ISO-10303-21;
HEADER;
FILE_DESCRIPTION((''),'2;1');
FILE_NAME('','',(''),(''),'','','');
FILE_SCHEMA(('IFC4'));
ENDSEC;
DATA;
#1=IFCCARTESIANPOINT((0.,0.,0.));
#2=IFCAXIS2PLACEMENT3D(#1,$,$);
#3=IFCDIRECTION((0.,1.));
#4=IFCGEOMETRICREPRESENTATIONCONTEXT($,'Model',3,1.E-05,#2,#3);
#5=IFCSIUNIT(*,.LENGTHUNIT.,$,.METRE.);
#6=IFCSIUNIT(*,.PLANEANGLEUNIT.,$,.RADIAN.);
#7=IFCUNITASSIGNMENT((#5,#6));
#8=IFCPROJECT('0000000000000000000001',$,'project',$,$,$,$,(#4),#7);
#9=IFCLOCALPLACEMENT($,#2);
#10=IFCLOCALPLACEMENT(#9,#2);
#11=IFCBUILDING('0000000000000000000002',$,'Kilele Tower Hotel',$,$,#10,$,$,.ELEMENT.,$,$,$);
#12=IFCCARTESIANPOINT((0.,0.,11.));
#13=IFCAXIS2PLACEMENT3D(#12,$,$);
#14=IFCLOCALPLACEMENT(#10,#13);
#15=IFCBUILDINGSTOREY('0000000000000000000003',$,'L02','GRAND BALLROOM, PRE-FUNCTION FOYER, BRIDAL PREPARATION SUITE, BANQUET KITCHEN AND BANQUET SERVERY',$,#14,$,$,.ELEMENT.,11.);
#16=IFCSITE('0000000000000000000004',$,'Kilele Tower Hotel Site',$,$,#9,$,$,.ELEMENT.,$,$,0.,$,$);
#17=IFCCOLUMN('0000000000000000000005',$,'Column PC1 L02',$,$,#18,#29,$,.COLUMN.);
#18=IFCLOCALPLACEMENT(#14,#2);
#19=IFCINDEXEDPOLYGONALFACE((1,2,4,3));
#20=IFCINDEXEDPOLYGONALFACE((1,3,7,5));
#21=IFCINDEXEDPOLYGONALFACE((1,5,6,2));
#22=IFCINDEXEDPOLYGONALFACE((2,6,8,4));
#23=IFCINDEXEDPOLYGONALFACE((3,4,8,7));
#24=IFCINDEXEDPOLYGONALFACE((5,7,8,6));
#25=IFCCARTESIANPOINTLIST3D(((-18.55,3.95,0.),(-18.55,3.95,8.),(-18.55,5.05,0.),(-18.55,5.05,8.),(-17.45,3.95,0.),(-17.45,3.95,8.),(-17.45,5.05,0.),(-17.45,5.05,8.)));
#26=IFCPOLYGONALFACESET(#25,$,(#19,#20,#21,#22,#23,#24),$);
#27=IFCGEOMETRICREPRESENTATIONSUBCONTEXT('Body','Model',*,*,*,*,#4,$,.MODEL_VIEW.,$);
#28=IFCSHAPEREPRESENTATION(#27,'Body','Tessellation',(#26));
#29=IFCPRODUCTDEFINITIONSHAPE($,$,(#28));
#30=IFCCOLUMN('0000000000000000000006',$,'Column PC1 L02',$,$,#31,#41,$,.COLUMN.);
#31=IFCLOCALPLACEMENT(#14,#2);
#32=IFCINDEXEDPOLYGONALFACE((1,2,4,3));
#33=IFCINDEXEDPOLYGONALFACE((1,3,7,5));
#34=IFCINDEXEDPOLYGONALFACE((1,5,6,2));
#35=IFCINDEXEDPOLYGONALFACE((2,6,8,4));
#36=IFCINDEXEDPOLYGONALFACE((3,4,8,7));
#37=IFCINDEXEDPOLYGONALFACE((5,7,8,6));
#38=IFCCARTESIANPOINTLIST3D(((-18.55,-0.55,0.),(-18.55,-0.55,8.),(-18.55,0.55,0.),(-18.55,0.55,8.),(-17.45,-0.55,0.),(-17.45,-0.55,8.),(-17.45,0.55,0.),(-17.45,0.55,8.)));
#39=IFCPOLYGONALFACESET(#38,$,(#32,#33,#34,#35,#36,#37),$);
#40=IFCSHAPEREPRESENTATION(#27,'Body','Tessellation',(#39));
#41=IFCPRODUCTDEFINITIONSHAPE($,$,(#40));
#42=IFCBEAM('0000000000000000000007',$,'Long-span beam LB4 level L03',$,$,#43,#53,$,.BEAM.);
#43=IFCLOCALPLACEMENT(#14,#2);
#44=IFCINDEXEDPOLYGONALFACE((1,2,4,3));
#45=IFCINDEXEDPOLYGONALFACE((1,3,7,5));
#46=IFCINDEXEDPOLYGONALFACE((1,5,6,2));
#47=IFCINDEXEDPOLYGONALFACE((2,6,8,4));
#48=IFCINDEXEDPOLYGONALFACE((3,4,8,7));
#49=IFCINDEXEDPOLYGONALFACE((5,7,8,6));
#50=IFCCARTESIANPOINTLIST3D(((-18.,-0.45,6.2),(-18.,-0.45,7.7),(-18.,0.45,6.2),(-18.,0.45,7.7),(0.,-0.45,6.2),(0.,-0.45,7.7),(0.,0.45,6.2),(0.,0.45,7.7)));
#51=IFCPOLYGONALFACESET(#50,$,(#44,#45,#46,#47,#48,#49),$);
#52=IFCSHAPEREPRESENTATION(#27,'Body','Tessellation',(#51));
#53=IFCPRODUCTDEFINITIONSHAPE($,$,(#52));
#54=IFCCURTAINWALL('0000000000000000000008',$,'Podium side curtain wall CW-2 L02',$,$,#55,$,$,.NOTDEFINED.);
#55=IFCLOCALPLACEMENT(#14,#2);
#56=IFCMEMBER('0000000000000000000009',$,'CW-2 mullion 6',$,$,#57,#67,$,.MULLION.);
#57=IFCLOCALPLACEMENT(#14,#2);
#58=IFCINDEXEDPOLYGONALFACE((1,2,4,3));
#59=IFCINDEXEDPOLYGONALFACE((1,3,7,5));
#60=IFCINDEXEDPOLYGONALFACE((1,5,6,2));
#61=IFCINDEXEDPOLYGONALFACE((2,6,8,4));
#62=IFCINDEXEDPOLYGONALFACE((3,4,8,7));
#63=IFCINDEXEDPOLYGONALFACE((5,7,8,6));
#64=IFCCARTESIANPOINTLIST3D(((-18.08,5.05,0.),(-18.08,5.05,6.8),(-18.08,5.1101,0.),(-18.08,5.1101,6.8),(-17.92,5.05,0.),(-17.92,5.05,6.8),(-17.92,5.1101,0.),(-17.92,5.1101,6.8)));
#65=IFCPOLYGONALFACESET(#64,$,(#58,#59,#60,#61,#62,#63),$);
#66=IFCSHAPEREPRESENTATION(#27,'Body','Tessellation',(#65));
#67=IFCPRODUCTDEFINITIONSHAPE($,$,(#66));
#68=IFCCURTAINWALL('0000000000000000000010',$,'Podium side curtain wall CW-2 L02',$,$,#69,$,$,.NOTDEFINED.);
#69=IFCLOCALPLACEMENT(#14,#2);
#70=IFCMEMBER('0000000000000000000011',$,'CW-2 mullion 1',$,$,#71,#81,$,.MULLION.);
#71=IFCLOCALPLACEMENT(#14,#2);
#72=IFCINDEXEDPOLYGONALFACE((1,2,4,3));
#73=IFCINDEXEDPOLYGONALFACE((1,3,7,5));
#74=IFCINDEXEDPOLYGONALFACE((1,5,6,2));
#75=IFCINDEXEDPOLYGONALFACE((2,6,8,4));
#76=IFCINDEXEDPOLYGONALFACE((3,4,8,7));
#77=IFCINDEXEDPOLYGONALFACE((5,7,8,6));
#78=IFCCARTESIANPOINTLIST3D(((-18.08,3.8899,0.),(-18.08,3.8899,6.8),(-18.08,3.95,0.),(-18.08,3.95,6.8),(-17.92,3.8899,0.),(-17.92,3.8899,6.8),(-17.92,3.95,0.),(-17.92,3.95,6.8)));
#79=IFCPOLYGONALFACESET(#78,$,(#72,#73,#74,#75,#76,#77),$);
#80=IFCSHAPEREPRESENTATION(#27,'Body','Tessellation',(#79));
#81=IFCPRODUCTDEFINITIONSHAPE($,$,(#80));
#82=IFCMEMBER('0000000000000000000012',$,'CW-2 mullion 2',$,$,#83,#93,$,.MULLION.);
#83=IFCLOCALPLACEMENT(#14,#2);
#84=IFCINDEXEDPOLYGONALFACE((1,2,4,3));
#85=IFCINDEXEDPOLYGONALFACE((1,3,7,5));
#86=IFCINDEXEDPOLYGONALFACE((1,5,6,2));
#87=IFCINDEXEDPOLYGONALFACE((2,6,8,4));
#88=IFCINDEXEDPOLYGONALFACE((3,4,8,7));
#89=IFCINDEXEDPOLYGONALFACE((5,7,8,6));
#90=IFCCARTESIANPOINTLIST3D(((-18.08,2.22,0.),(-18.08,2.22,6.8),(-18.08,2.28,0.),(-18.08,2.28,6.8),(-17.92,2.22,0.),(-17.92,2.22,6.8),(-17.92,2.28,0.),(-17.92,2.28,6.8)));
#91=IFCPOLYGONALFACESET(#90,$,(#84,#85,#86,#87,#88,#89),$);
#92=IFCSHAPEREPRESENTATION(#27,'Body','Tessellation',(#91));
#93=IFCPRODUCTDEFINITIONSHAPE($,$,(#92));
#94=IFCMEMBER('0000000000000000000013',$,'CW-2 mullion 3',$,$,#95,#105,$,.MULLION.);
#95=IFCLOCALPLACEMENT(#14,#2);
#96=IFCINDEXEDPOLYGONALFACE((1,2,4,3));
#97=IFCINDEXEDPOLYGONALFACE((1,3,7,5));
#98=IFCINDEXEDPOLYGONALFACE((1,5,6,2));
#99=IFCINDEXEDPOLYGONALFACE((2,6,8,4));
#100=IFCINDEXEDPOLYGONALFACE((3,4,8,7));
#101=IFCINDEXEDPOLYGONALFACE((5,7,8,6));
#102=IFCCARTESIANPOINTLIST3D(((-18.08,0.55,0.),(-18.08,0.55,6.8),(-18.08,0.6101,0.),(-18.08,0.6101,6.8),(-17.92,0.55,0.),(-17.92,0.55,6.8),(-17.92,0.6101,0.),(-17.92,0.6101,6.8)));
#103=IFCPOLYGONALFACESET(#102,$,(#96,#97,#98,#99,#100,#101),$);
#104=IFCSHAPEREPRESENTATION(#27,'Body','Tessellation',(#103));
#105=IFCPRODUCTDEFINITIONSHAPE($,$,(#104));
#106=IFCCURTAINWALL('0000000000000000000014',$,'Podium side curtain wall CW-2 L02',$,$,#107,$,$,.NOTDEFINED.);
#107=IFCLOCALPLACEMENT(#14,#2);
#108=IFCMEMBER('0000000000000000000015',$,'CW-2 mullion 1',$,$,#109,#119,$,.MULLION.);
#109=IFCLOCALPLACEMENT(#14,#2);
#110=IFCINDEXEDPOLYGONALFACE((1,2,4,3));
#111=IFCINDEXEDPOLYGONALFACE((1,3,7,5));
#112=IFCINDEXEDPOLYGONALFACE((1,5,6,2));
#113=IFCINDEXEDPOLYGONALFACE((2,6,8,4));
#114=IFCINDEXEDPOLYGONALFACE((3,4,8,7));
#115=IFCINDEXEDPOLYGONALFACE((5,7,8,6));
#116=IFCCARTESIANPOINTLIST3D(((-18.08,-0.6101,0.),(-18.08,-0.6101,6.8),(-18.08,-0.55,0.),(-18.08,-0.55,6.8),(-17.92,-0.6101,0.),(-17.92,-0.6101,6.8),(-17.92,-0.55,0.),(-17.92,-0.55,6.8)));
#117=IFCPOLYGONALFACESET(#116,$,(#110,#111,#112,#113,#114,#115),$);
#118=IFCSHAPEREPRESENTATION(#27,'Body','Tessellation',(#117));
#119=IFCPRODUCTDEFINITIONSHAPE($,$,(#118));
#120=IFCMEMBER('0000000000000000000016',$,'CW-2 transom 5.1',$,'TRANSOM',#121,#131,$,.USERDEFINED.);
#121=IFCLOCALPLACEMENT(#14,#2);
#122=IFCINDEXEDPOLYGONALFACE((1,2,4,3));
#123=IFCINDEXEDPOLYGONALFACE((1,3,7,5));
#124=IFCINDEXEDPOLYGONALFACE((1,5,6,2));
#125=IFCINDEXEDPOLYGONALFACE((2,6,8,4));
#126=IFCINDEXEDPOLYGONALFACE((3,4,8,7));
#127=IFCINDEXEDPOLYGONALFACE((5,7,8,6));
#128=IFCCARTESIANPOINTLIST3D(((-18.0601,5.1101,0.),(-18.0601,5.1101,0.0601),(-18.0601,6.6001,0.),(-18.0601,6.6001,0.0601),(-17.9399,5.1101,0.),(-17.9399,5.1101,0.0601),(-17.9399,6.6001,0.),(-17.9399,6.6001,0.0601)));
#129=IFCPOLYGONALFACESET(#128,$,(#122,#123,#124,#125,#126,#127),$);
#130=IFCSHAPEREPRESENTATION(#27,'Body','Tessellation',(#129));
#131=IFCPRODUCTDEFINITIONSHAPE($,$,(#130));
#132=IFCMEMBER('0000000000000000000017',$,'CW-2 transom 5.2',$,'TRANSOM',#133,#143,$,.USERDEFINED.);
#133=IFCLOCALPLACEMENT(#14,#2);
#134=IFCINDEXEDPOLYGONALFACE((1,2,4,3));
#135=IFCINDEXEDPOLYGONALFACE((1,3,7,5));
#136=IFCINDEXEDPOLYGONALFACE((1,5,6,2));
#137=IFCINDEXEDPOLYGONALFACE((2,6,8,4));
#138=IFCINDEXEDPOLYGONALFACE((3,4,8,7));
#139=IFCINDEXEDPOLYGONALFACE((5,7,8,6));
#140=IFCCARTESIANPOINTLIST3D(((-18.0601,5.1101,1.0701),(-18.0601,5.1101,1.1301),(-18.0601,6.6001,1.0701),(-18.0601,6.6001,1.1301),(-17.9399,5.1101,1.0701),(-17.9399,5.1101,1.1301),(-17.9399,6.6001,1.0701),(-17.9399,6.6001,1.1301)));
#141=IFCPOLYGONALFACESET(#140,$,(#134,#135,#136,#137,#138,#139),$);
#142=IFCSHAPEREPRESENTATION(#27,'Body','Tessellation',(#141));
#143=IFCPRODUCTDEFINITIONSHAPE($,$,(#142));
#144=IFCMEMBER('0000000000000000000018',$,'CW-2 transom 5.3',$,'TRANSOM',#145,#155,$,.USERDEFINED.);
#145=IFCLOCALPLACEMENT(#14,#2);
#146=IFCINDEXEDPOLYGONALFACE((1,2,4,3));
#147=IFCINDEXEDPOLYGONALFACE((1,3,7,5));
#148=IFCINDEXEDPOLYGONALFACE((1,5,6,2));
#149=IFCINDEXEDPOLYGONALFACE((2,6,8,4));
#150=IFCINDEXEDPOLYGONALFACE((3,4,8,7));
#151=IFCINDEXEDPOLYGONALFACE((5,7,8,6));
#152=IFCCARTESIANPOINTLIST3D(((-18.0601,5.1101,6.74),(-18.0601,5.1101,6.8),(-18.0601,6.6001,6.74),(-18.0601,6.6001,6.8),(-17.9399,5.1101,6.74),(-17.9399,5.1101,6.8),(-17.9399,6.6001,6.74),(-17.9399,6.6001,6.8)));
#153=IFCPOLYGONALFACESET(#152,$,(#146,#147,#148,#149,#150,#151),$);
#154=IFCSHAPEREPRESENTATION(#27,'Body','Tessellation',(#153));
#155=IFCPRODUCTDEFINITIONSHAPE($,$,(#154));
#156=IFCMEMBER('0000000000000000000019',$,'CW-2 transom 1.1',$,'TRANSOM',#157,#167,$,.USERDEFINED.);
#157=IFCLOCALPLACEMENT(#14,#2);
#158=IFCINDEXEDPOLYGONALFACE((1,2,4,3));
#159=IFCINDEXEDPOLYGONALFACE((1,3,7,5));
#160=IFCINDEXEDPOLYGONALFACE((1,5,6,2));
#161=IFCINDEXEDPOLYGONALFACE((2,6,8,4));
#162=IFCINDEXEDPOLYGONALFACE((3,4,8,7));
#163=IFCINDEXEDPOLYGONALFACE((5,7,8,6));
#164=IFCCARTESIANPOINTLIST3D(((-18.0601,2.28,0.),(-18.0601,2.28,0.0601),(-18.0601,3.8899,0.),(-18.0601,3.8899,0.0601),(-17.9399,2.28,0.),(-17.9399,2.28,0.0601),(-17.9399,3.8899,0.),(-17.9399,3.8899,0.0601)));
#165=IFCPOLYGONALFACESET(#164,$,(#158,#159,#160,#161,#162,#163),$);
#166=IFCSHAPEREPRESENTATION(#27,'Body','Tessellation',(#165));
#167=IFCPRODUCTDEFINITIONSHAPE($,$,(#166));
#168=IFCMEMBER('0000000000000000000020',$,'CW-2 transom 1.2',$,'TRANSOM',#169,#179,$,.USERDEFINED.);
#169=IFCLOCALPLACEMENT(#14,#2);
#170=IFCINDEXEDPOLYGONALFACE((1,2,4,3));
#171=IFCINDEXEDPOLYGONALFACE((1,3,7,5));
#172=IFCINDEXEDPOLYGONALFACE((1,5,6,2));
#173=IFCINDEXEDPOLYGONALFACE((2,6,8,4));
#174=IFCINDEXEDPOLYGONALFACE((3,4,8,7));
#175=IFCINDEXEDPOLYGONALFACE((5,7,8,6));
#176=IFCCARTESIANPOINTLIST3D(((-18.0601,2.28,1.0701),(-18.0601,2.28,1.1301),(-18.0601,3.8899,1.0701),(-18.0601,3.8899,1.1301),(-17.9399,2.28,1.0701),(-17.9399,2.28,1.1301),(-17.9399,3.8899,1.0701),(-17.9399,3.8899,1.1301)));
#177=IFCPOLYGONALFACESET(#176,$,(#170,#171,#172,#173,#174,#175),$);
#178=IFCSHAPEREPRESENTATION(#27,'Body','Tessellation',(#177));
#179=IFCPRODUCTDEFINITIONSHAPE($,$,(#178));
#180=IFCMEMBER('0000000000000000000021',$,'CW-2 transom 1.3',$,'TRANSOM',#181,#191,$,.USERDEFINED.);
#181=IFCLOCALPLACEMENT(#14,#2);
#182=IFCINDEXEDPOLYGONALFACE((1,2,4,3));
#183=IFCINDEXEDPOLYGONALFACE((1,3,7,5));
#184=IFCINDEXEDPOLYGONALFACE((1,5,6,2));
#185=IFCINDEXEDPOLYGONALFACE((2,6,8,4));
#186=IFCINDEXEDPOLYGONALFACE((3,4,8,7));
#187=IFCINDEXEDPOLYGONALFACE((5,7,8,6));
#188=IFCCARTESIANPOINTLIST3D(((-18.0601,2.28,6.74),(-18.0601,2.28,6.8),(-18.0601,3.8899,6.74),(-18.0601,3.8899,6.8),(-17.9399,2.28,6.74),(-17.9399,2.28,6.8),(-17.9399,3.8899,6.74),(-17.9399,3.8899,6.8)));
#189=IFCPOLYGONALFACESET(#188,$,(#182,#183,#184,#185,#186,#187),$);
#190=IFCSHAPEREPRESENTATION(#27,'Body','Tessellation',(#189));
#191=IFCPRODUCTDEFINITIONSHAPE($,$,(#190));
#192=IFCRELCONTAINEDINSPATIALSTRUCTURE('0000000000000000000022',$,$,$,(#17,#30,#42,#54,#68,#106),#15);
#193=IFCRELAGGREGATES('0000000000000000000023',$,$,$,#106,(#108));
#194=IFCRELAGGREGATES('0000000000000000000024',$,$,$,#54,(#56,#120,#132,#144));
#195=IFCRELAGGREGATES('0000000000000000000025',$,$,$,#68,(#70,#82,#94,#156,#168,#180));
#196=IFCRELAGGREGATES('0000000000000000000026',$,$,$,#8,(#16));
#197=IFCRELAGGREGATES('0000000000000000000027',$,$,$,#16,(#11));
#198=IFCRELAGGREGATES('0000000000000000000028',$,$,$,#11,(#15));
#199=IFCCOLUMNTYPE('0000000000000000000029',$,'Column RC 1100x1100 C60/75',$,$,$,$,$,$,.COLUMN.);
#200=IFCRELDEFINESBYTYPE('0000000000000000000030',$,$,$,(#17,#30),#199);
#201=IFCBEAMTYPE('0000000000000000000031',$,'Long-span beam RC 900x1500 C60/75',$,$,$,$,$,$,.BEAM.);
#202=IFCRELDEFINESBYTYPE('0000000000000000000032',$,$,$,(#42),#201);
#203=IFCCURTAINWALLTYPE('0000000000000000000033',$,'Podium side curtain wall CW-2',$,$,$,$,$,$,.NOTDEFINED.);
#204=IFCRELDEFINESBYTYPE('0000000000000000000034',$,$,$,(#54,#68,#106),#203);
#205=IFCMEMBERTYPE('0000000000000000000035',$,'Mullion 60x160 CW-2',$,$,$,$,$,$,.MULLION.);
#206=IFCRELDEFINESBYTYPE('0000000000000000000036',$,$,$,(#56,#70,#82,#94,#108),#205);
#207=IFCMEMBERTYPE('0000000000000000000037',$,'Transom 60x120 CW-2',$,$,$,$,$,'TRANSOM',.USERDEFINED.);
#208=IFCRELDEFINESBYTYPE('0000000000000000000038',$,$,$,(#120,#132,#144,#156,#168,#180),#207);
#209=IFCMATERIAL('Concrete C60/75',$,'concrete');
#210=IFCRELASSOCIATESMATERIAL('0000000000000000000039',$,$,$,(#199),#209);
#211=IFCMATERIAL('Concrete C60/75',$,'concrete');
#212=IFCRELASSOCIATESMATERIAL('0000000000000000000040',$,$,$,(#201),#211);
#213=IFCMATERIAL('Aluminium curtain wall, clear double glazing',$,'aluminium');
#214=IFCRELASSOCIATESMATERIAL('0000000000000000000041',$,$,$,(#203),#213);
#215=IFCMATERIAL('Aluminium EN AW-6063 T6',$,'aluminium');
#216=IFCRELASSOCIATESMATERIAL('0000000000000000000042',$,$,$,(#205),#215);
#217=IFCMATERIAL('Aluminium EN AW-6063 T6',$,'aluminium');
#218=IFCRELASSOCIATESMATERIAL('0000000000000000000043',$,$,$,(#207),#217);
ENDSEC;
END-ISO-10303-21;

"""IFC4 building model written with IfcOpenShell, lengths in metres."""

from ifc_helpers import new_model, si_unit, direction, frame, origin, origin_2d, place, context, subcontext, project, spatial, rectangle, extrude, material, material_profile, profile_set, type_object, element, aggregate, save


model = new_model("IFC4")

# Units and contexts
model_context = context("Model", 3, precision=1e-05, world=origin(), true_north=direction((0.0, 1.0)))
body_context = subcontext(model_context, "Body", "Model", "MODEL_VIEW")
ifc_project = project(units=[si_unit("LENGTHUNIT", "METRE"), si_unit("PLANEANGLEUNIT", "RADIAN")], contexts=[model_context])

# Site, building, storey
site_placement = place(None, origin())
site = spatial("IfcSite", under=ifc_project, at=site_placement, Name="Kilele Tower Hotel Site", CompositionType="ELEMENT", RefElevation=0.0)
building_placement = place(site_placement, origin())
building = spatial("IfcBuilding", under=site, at=building_placement, Name="Kilele Tower Hotel", CompositionType="ELEMENT")
storey_placement = place(building_placement, frame((0.0, 0.0, 11.0)))
storey = spatial("IfcBuildingStorey", under=building, at=storey_placement, Name="L02", Description="GRAND BALLROOM, PRE-FUNCTION FOYER, BRIDAL PREPARATION SUITE, BANQUET KITCHEN AND BANQUET SERVERY", CompositionType="ELEMENT", Elevation=11.0)

# Columns
ifc_material_1 = material(Name="Concrete C60/75", Category="concrete")
ifc_material_profile_1 = material_profile(ifc_material_1, rectangle(XDim=1.1001, YDim=1.1001, at=origin_2d()))
ifc_profile_set_1 = profile_set([ifc_material_profile_1], Name="Concrete C60/75")
column_type = type_object("IfcColumnType", Name="Column RC 1100x1100 C60/75", PredefinedType="COLUMN", material=ifc_profile_set_1)
for number, where, z_axis, x_axis, name in (
    (1, (-18.0, 4.5, 0.0), (0.0, 0.0, 1.0), (1.0, 0.0, 0.0), "Column PC1 L02"),
    (2, (-18.0, 0.0, 0.0), (0.0, 0.0, 1.0), (1.0, 0.0, 0.0), "Column PC1 L02"),
):
    element("IfcColumn", number, at=place(storey_placement, frame(where, z_axis=z_axis, x_axis=x_axis)), inside=storey, type_object=column_type, Name=name, PredefinedType="COLUMN", context=body_context, shape_type="SweptSolid", body=[
        extrude(rectangle(XDim=1.1001, YDim=1.1001, at=origin_2d()), origin(), (0.0, 0.0, 1.0), 8.0),
    ])

# Beam
ifc_material_2 = material(Name="Concrete C60/75", Category="concrete")
ifc_material_profile_2 = material_profile(ifc_material_2, rectangle(XDim=0.8999, YDim=1.5, at=origin_2d()))
ifc_profile_set_2 = profile_set([ifc_material_profile_2], Name="Concrete C60/75")
beam_type = type_object("IfcBeamType", Name="Long-span beam RC 900x1500 C60/75", PredefinedType="BEAM", material=ifc_profile_set_2)
beam_placement = place(storey_placement, frame((-18.0, 0.0, 6.95), z_axis=(1.0, 0.0, 0.0), x_axis=(0.0, 1.0, 0.0)))
element("IfcBeam", 3, at=beam_placement, inside=storey, type_object=beam_type, Name="Long-span beam LB4 level L03", PredefinedType="BEAM", context=body_context, shape_type="SweptSolid", body=[
    extrude(rectangle(XDim=0.8999, YDim=1.5, at=origin_2d()), origin(), (0.0, 0.0, 1.0), 18.0),
])

# Curtain wall, member
ifc_material_3 = material(Name="Aluminium curtain wall, clear double glazing", Category="aluminium")
curtain_wall_type = type_object("IfcCurtainWallType", Name="Podium side curtain wall CW-2", PredefinedType="NOTDEFINED", material=ifc_material_3)
curtain_wall_1_placement = place(storey_placement, origin())
curtain_wall_1 = element("IfcCurtainWall", 4, at=curtain_wall_1_placement, inside=storey, type_object=curtain_wall_type, Name="Podium side curtain wall CW-2 L02", PredefinedType="NOTDEFINED")
ifc_material_4 = material(Name="Aluminium EN AW-6063 T6", Category="aluminium")
ifc_material_profile_3 = material_profile(ifc_material_4, rectangle(XDim=0.1599, YDim=0.0601, at=origin_2d()))
ifc_profile_set_3 = profile_set([ifc_material_profile_3], Name="Aluminium EN AW-6063 T6")
member_type_1 = type_object("IfcMemberType", Name="Mullion 60x160 CW-2", PredefinedType="MULLION", material=ifc_profile_set_3)
member_1_placement = place(storey_placement, frame((-18.0, 5.0801, 0.0), z_axis=(0.0, 0.0, 1.0), x_axis=(1.0, 0.0, 0.0)))
member_1 = element("IfcMember", 5, at=member_1_placement, type_object=member_type_1, Name="CW-2 mullion 6", PredefinedType="MULLION", context=body_context, shape_type="SweptSolid", body=[
    extrude(rectangle(XDim=0.1599, YDim=0.0601, at=origin_2d()), origin(), (0.0, 0.0, 1.0), 6.8),
])

# Curtain wall, members
curtain_wall_2_placement = place(storey_placement, origin())
curtain_wall_2 = element("IfcCurtainWall", 6, at=curtain_wall_2_placement, inside=storey, type_object=curtain_wall_type, Name="Podium side curtain wall CW-2 L02", PredefinedType="NOTDEFINED")
member_2_placement = place(storey_placement, frame((-18.0, 3.9199, 0.0), z_axis=(0.0, 0.0, 1.0), x_axis=(1.0, 0.0, 0.0)))
member_2 = element("IfcMember", 7, at=member_2_placement, type_object=member_type_1, Name="CW-2 mullion 1", PredefinedType="MULLION", context=body_context, shape_type="SweptSolid", body=[
    extrude(rectangle(XDim=0.1599, YDim=0.0601, at=origin_2d()), origin(), (0.0, 0.0, 1.0), 6.8),
])
member_3_placement = place(storey_placement, frame((-18.0, 2.25, 0.0), z_axis=(0.0, 0.0, 1.0), x_axis=(1.0, 0.0, 0.0)))
member_3 = element("IfcMember", 8, at=member_3_placement, type_object=member_type_1, Name="CW-2 mullion 2", PredefinedType="MULLION", context=body_context, shape_type="SweptSolid", body=[
    extrude(rectangle(XDim=0.1599, YDim=0.0601, at=origin_2d()), origin(), (0.0, 0.0, 1.0), 6.8),
])
member_4_placement = place(storey_placement, frame((-18.0, 0.5801, 0.0), z_axis=(0.0, 0.0, 1.0), x_axis=(1.0, 0.0, 0.0)))
member_4 = element("IfcMember", 9, at=member_4_placement, type_object=member_type_1, Name="CW-2 mullion 3", PredefinedType="MULLION", context=body_context, shape_type="SweptSolid", body=[
    extrude(rectangle(XDim=0.1599, YDim=0.0601, at=origin_2d()), origin(), (0.0, 0.0, 1.0), 6.8),
])

# Curtain wall, member
curtain_wall_3_placement = place(storey_placement, origin())
curtain_wall_3 = element("IfcCurtainWall", 10, at=curtain_wall_3_placement, inside=storey, type_object=curtain_wall_type, Name="Podium side curtain wall CW-2 L02", PredefinedType="NOTDEFINED")
member_5_placement = place(storey_placement, frame((-18.0, -0.5801, 0.0), z_axis=(0.0, 0.0, 1.0), x_axis=(1.0, 0.0, 0.0)))
member_5 = element("IfcMember", 11, at=member_5_placement, type_object=member_type_1, Name="CW-2 mullion 1", PredefinedType="MULLION", context=body_context, shape_type="SweptSolid", body=[
    extrude(rectangle(XDim=0.1599, YDim=0.0601, at=origin_2d()), origin(), (0.0, 0.0, 1.0), 6.8),
])
aggregate(curtain_wall_3, [member_5])

# Members
ifc_material_5 = material(Name="Aluminium EN AW-6063 T6", Category="aluminium")
ifc_material_profile_4 = material_profile(ifc_material_5, rectangle(XDim=0.1201, YDim=0.0601, at=origin_2d()))
ifc_profile_set_4 = profile_set([ifc_material_profile_4], Name="Aluminium EN AW-6063 T6")
member_type_2 = type_object("IfcMemberType", Name="Transom 60x120 CW-2", ElementType="TRANSOM", PredefinedType="USERDEFINED", material=ifc_profile_set_4)
member_6_placement = place(storey_placement, frame((-18.0, 6.6001, 0.03), z_axis=(0.0, -1.0, 0.0), x_axis=(1.0, 0.0, 0.0)))
member_6 = element("IfcMember", 12, at=member_6_placement, type_object=member_type_2, Name="CW-2 transom 5.1", ObjectType="TRANSOM", PredefinedType="USERDEFINED", context=body_context, shape_type="SweptSolid", body=[
    extrude(rectangle(XDim=0.1201, YDim=0.0601, at=origin_2d()), origin(), (0.0, 0.0, 1.0), 1.49),
])
member_7_placement = place(storey_placement, frame((-18.0, 6.6001, 1.1001), z_axis=(0.0, -1.0, 0.0), x_axis=(1.0, 0.0, 0.0)))
member_7 = element("IfcMember", 13, at=member_7_placement, type_object=member_type_2, Name="CW-2 transom 5.2", ObjectType="TRANSOM", PredefinedType="USERDEFINED", context=body_context, shape_type="SweptSolid", body=[
    extrude(rectangle(XDim=0.1201, YDim=0.0601, at=origin_2d()), origin(), (0.0, 0.0, 1.0), 1.49),
])
member_8_placement = place(storey_placement, frame((-18.0, 6.6001, 6.77), z_axis=(0.0, -1.0, 0.0), x_axis=(1.0, 0.0, 0.0)))
member_8 = element("IfcMember", 14, at=member_8_placement, type_object=member_type_2, Name="CW-2 transom 5.3", ObjectType="TRANSOM", PredefinedType="USERDEFINED", context=body_context, shape_type="SweptSolid", body=[
    extrude(rectangle(XDim=0.1201, YDim=0.0601, at=origin_2d()), origin(), (0.0, 0.0, 1.0), 1.49),
])
member_9_placement = place(storey_placement, frame((-18.0, 3.8899, 0.03), z_axis=(0.0, -1.0, 0.0), x_axis=(1.0, 0.0, 0.0)))
member_9 = element("IfcMember", 15, at=member_9_placement, type_object=member_type_2, Name="CW-2 transom 1.1", ObjectType="TRANSOM", PredefinedType="USERDEFINED", context=body_context, shape_type="SweptSolid", body=[
    extrude(rectangle(XDim=0.1201, YDim=0.0601, at=origin_2d()), origin(), (0.0, 0.0, 1.0), 1.6099),
])
member_10_placement = place(storey_placement, frame((-18.0, 3.8899, 1.1001), z_axis=(0.0, -1.0, 0.0), x_axis=(1.0, 0.0, 0.0)))
member_10 = element("IfcMember", 16, at=member_10_placement, type_object=member_type_2, Name="CW-2 transom 1.2", ObjectType="TRANSOM", PredefinedType="USERDEFINED", context=body_context, shape_type="SweptSolid", body=[
    extrude(rectangle(XDim=0.1201, YDim=0.0601, at=origin_2d()), origin(), (0.0, 0.0, 1.0), 1.6099),
])
member_11_placement = place(storey_placement, frame((-18.0, 3.8899, 6.77), z_axis=(0.0, -1.0, 0.0), x_axis=(1.0, 0.0, 0.0)))
member_11 = element("IfcMember", 17, at=member_11_placement, type_object=member_type_2, Name="CW-2 transom 1.3", ObjectType="TRANSOM", PredefinedType="USERDEFINED", context=body_context, shape_type="SweptSolid", body=[
    extrude(rectangle(XDim=0.1201, YDim=0.0601, at=origin_2d()), origin(), (0.0, 0.0, 1.0), 1.6099),
])

aggregate(curtain_wall_1, [member_1, member_6, member_7, member_8])
aggregate(curtain_wall_2, [member_2, member_3, member_4, member_9, member_10, member_11])

save(model, "model.ifc")
